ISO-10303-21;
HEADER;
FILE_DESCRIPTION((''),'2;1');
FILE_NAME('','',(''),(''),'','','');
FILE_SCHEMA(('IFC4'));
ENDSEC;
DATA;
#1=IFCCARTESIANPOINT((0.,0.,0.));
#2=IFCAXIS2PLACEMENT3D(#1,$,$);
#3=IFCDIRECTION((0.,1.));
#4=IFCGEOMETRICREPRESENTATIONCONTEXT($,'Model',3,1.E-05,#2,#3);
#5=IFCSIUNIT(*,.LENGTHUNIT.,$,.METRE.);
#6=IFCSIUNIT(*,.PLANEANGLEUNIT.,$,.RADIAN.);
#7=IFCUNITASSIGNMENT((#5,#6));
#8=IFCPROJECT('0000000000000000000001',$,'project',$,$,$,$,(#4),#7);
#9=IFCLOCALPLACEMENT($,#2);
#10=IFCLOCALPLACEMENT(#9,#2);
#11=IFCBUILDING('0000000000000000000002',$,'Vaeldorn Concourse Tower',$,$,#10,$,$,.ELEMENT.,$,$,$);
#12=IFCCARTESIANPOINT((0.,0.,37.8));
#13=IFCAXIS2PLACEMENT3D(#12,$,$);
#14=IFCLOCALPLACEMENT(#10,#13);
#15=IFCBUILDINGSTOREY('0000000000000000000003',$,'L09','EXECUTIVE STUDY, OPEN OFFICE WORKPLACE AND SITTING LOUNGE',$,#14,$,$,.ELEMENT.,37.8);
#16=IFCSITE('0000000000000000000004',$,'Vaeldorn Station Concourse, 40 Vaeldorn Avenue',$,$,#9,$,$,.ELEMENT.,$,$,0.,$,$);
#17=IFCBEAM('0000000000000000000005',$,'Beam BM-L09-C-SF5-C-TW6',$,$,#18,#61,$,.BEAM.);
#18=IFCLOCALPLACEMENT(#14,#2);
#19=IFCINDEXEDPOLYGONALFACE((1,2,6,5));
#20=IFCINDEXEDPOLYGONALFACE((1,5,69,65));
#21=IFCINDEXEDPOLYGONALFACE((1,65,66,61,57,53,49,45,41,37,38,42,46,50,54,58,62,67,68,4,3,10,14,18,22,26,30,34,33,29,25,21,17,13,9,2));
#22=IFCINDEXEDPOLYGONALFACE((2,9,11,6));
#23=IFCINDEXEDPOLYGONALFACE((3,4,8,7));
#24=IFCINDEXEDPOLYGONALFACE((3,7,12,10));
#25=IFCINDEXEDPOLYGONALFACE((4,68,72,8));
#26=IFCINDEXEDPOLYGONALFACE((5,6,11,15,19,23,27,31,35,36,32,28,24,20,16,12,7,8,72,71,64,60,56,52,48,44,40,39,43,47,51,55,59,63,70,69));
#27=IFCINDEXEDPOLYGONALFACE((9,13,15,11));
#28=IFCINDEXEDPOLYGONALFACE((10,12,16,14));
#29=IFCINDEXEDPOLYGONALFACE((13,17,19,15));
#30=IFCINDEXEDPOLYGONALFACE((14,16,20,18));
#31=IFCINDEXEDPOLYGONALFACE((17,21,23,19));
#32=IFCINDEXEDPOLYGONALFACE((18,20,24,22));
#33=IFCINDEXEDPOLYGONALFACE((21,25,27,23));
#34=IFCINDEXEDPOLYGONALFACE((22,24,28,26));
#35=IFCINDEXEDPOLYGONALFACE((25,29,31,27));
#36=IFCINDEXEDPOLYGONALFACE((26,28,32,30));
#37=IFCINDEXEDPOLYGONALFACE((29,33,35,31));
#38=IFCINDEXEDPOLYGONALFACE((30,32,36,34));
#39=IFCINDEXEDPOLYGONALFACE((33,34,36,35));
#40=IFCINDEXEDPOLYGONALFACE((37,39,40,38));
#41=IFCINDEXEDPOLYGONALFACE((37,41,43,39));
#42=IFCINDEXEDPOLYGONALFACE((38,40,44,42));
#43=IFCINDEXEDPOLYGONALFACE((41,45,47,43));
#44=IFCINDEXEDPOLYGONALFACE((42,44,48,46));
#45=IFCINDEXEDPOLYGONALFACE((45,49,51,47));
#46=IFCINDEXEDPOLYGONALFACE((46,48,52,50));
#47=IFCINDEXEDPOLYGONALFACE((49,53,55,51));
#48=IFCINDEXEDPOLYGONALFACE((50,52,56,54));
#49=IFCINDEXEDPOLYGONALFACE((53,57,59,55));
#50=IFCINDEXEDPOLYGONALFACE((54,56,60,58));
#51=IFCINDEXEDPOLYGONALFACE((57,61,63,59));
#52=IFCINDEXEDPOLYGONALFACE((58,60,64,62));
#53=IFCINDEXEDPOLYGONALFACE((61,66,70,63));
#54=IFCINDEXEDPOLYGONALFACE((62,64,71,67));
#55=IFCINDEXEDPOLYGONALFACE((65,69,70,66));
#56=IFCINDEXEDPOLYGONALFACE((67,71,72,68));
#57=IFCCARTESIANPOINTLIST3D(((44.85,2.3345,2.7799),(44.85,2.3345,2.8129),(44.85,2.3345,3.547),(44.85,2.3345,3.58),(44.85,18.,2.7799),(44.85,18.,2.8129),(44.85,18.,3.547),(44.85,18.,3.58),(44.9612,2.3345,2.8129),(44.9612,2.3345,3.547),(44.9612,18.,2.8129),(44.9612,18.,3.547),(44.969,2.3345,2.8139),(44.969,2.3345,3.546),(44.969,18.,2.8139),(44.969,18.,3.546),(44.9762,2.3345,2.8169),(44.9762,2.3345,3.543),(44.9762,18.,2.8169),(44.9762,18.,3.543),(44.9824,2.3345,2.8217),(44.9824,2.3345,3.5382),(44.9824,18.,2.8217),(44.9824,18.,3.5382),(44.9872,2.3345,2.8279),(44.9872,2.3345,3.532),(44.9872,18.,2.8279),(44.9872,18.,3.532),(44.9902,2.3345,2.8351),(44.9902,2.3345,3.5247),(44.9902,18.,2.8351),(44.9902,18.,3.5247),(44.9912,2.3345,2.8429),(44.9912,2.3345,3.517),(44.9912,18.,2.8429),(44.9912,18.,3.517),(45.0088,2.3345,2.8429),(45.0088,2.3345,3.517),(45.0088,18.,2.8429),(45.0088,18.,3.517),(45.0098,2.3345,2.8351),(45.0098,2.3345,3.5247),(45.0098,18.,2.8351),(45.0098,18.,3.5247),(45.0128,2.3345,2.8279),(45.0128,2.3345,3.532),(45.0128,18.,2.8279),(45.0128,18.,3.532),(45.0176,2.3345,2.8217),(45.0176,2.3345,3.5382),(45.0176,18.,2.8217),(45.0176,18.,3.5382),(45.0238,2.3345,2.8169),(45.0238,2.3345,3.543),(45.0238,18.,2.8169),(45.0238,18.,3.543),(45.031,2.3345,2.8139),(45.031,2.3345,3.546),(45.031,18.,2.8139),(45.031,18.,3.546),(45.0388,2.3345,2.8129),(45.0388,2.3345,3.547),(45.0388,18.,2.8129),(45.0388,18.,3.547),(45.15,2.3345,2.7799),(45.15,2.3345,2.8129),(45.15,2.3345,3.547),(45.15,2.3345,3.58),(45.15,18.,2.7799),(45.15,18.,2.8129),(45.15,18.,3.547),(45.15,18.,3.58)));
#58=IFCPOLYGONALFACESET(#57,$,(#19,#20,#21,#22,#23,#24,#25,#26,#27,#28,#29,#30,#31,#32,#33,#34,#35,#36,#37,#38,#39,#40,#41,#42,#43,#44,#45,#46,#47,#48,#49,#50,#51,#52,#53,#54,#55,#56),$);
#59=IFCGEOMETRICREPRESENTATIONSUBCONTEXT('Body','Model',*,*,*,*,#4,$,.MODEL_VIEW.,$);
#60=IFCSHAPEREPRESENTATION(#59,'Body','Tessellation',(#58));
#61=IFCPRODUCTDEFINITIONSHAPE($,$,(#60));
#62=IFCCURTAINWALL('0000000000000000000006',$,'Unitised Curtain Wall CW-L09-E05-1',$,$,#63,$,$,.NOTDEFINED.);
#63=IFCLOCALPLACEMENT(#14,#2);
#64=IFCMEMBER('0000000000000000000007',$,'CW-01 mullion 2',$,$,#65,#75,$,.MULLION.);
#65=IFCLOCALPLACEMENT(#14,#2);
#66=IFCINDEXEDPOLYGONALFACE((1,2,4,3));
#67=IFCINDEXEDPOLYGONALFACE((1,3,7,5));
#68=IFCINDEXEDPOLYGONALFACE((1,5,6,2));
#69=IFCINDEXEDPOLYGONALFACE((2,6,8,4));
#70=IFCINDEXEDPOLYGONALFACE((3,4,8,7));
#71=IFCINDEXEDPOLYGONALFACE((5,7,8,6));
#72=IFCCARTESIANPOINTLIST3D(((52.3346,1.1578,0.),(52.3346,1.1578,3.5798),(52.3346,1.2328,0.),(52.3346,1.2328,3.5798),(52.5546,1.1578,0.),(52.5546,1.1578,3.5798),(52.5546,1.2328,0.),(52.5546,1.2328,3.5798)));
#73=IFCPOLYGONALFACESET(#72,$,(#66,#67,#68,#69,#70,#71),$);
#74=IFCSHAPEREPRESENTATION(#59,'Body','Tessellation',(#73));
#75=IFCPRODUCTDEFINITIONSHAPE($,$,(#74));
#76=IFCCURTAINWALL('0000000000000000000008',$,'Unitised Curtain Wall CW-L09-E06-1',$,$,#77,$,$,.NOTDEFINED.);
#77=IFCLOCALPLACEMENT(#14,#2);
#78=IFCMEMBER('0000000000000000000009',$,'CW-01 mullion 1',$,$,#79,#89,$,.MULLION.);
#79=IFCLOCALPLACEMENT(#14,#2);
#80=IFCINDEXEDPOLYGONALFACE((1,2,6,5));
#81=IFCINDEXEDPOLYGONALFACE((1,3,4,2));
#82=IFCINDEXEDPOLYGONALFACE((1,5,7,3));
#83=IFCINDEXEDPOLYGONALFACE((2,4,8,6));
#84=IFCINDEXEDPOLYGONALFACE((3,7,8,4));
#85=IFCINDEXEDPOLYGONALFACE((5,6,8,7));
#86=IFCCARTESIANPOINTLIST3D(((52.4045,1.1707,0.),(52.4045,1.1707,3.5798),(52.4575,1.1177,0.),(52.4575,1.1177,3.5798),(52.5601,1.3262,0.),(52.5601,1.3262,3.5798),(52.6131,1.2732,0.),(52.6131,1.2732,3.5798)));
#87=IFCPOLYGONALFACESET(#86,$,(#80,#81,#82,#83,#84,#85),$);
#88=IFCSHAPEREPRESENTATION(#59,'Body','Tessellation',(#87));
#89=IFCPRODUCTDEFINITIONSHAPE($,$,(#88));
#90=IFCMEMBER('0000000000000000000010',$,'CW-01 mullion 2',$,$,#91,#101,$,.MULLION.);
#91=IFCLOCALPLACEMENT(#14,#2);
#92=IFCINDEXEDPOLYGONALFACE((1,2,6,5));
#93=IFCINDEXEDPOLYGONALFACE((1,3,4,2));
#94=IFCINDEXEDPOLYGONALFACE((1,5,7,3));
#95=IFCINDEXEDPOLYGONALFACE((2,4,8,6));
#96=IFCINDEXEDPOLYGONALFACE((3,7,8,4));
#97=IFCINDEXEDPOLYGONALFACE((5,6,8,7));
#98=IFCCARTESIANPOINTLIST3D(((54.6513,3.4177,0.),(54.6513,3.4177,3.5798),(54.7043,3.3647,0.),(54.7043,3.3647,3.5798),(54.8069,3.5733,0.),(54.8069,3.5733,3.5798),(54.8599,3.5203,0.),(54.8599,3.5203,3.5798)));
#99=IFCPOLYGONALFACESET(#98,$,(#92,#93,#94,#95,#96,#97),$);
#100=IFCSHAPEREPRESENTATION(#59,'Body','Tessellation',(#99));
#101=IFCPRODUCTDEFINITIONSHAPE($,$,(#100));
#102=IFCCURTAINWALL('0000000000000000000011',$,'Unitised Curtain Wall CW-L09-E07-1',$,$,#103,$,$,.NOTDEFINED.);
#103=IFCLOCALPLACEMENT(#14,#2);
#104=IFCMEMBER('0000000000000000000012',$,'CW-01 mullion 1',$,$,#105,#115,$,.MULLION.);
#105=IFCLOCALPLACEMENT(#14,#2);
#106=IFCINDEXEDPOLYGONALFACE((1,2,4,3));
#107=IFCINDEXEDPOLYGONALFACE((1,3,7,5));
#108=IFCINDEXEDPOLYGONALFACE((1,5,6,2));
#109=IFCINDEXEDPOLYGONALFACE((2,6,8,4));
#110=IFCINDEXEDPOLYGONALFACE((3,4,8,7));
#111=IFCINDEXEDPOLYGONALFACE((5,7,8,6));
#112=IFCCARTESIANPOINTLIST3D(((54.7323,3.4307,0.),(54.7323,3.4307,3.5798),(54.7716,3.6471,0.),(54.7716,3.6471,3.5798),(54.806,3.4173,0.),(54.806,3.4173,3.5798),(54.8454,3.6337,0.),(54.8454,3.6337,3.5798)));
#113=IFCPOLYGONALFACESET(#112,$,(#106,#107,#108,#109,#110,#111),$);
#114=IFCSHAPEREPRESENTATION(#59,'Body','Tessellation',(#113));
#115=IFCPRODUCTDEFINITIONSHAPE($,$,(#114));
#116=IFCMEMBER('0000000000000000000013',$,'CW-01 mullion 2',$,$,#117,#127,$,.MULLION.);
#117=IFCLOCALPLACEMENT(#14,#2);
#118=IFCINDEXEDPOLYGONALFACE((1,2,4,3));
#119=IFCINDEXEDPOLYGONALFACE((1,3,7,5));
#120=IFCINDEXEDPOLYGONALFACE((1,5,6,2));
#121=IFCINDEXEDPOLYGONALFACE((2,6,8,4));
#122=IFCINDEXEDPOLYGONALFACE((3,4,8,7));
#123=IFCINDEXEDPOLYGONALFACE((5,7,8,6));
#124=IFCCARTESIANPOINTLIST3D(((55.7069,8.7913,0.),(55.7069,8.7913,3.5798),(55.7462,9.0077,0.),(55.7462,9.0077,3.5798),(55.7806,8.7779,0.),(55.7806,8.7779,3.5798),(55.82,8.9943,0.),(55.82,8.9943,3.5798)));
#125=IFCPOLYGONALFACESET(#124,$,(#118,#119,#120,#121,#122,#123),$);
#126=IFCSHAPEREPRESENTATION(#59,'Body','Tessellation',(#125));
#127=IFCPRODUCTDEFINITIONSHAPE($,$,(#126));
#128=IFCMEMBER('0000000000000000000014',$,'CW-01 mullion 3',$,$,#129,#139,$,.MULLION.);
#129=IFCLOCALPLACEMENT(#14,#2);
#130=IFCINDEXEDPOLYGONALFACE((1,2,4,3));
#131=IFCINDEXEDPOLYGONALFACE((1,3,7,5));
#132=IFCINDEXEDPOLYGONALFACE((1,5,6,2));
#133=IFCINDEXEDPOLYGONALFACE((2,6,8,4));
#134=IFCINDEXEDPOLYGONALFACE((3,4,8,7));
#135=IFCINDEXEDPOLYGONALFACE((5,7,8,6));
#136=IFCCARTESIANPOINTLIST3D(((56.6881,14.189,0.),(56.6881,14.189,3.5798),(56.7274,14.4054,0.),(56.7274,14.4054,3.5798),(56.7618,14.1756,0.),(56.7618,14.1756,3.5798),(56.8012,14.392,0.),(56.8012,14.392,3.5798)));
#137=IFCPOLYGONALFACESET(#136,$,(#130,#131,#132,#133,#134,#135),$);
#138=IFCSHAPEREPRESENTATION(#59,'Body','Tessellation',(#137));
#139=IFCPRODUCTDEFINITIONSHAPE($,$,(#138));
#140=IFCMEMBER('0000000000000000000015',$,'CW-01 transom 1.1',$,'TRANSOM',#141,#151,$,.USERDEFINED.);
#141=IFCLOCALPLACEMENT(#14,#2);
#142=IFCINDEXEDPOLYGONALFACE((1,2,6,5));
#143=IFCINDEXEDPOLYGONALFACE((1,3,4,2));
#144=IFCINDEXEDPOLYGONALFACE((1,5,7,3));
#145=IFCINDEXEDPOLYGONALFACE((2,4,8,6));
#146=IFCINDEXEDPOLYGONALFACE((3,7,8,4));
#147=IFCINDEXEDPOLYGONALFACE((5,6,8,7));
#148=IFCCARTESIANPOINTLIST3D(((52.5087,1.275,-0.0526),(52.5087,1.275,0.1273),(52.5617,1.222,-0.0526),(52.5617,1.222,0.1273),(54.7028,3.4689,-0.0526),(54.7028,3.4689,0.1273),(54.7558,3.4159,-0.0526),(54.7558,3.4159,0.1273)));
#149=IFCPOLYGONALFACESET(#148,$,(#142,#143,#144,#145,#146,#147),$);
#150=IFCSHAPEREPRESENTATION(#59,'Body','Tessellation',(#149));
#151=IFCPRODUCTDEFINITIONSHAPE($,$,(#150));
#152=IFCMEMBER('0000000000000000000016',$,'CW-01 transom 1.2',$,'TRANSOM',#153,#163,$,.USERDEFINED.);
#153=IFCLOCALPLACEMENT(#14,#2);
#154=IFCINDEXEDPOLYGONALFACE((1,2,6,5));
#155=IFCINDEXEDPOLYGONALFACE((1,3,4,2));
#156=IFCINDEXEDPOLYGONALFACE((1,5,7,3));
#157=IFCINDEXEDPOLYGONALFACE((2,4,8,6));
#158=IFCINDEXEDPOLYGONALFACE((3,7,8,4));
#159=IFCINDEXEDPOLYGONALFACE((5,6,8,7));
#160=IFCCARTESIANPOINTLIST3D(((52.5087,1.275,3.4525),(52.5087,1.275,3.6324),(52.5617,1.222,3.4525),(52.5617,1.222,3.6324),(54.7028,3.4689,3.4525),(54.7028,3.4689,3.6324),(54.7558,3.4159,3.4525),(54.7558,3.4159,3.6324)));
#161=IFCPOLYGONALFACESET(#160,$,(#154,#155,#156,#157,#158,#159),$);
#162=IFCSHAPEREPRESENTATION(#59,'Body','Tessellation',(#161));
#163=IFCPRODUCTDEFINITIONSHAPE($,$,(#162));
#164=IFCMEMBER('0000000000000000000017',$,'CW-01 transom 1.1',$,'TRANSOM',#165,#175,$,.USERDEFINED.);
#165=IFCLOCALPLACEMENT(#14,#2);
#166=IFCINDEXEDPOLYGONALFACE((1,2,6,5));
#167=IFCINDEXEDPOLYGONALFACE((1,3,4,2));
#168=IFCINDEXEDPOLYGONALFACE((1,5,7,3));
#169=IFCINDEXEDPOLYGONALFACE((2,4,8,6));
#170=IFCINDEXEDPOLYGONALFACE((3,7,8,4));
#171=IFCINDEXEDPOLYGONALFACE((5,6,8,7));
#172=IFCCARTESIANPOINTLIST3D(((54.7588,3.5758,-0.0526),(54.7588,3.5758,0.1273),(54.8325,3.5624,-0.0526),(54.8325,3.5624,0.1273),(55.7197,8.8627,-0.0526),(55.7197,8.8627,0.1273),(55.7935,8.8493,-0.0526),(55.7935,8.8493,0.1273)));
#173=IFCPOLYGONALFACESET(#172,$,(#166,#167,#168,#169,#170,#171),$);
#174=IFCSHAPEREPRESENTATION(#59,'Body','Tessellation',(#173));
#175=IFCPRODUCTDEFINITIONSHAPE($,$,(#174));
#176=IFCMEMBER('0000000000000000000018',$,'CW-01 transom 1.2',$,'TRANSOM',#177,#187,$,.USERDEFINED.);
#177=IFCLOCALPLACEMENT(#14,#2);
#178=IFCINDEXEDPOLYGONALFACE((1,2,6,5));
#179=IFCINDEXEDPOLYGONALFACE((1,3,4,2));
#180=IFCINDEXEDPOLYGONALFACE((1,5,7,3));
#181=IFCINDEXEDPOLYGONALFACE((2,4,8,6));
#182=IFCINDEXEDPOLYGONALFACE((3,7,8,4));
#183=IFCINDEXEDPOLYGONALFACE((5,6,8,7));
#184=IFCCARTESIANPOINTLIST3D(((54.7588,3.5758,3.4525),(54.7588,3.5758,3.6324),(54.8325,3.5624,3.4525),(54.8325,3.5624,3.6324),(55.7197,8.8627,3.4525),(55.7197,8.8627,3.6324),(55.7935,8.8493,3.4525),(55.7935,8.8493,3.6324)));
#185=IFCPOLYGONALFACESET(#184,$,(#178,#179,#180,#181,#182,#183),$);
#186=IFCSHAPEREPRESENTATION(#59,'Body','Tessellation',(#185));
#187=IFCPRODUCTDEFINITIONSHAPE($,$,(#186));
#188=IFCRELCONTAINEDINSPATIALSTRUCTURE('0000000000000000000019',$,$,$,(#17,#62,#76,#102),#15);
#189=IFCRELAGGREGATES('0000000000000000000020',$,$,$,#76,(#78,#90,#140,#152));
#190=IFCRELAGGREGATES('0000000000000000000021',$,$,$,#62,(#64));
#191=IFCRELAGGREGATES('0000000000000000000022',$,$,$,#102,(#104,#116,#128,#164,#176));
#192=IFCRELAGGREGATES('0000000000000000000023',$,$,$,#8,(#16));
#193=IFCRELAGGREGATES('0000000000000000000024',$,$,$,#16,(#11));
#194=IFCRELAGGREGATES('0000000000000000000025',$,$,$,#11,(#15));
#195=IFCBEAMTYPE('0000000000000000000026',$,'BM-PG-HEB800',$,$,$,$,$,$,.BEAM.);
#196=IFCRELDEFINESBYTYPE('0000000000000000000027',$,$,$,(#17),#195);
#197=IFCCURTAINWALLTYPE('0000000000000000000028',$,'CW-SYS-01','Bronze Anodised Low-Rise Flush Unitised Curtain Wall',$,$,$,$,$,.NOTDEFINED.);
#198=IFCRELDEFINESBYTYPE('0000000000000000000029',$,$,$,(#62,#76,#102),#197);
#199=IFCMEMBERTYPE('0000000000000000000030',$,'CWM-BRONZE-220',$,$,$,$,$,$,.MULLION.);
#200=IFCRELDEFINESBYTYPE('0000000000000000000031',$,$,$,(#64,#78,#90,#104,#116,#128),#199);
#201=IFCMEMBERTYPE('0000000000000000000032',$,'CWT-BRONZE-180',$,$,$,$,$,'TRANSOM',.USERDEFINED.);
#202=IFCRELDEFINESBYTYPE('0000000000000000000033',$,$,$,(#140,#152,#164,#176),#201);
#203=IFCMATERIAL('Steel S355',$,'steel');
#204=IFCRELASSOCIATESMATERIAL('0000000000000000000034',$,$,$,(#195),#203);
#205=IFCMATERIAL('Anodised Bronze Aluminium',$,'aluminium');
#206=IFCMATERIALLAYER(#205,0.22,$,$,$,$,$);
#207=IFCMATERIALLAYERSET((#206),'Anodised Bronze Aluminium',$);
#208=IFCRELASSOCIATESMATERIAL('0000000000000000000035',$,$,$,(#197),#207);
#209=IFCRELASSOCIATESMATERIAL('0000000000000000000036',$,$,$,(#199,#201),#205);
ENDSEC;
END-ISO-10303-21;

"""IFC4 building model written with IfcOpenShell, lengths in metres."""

from ifc_helpers import new_model, si_unit, direction, frame, origin, origin_2d, place, context, subcontext, project, spatial, rectangle, i_section, extrude, source, transform, mapped, material, layer, layer_set, material_profile, profile_set, type_object, element, aggregate, save


model = new_model("IFC4")

# Units and contexts
model_context = context("Model", 3, precision=1e-05, world=origin(), true_north=direction((0.0, 1.0)))
body_context = subcontext(model_context, "Body", "Model", "MODEL_VIEW")
ifc_project = project(units=[si_unit("LENGTHUNIT", "METRE"), si_unit("PLANEANGLEUNIT", "RADIAN")], contexts=[model_context])

# Site, building, storey
site_placement = place(None, origin())
site = spatial("IfcSite", under=ifc_project, at=site_placement, Name="Vaeldorn Station Concourse, 40 Vaeldorn Avenue", CompositionType="ELEMENT", RefElevation=0.0)
building_placement = place(site_placement, origin())
building = spatial("IfcBuilding", under=site, at=building_placement, Name="Vaeldorn Concourse Tower", CompositionType="ELEMENT")
storey_placement = place(building_placement, frame((0.0, 0.0, 37.8)))
storey = spatial("IfcBuildingStorey", under=building, at=storey_placement, Name="L09", Description="EXECUTIVE STUDY, OPEN OFFICE WORKPLACE AND SITTING LOUNGE", CompositionType="ELEMENT", Elevation=37.8)

# Beam
ifc_material_1 = material(Name="Steel S355", Category="steel")
ifc_material_profile_1 = material_profile(ifc_material_1, i_section(OverallWidth=0.3, OverallDepth=0.8, WebThickness=0.0176, FlangeThickness=0.033, FilletRadius=0.03, at=origin_2d()), Name="HEB 800")
ifc_profile_set_1 = profile_set([ifc_material_profile_1], Name="Steel S355")
beam_type_1 = type_object("IfcBeamType", Name="BM-PG-HEB800", PredefinedType="BEAM", material=ifc_profile_set_1)
shared_shape_1 = source(origin(), body_context, "Body", "SweptSolid", [
    extrude(i_section(OverallWidth=0.3, OverallDepth=0.8, WebThickness=0.0176, FlangeThickness=0.033, FilletRadius=0.03, at=origin_2d()), origin(), (0.0, 0.0, 1.0), 15.6655),
])
beam_1_placement = place(storey_placement, frame((45.0, 2.3345, 3.1799), z_axis=(0.0, 1.0, 0.0), x_axis=(-1.0, 0.0, 0.0)))
element("IfcBeam", 1, at=beam_1_placement, inside=storey, type_object=beam_type_1, Name="Beam BM-L09-C-SF5-C-TW6", PredefinedType="BEAM", context=body_context, shape_type="MappedRepresentation", body=[
    mapped(shared_shape_1, transform((0.0, 0.0, 0.0), scale=1.0)),
])

# Curtain wall, member
ifc_material_2 = material(Name="Anodised Bronze Aluminium", Category="aluminium")
ifc_layer_1 = layer(ifc_material_2, 0.22)
ifc_layer_set_1 = layer_set([ifc_layer_1], Name="Anodised Bronze Aluminium")
curtain_wall_type = type_object("IfcCurtainWallType", Name="CW-SYS-01", Description="Bronze Anodised Low-Rise Flush Unitised Curtain Wall", PredefinedType="NOTDEFINED", material=ifc_layer_set_1)
curtain_wall_1_placement = place(storey_placement, origin())
curtain_wall_1 = element("IfcCurtainWall", 2, at=curtain_wall_1_placement, inside=storey, type_object=curtain_wall_type, Name="Unitised Curtain Wall CW-L09-E05-1", PredefinedType="NOTDEFINED")
ifc_material_profile_2 = material_profile(ifc_material_2, rectangle(XDim=0.075, YDim=0.22, at=origin_2d()), Name="CWM 75x220")
ifc_profile_set_2 = profile_set([ifc_material_profile_2], Name="Anodised Bronze Aluminium")
member_type_1 = type_object("IfcMemberType", Name="CWM-BRONZE-220", PredefinedType="MULLION", material=ifc_profile_set_2)
shared_shape_2 = source(origin(), body_context, "Body", "SweptSolid", [
    extrude(rectangle(XDim=0.075, YDim=0.22, at=origin_2d()), origin(), (0.0, 0.0, 1.0), 3.5798),
])
member_1_placement = place(storey_placement, frame((52.4446, 1.1953, 0.0), z_axis=(0.0, 0.0, 1.0), x_axis=(0.0, 1.0, 0.0)))
member_1 = element("IfcMember", 3, at=member_1_placement, type_object=member_type_1, Name="CW-01 mullion 2", PredefinedType="MULLION", context=body_context, shape_type="MappedRepresentation", body=[
    mapped(shared_shape_2, transform((0.0, 0.0, 0.0), scale=1.0)),
])

# Curtain walls, members
curtain_wall_2_placement = place(storey_placement, origin())
curtain_wall_2 = element("IfcCurtainWall", 4, at=curtain_wall_2_placement, inside=storey, type_object=curtain_wall_type, Name="Unitised Curtain Wall CW-L09-E06-1", PredefinedType="NOTDEFINED")
member_2_placement = place(storey_placement, frame((52.5088, 1.2219, 0.0), z_axis=(0.0, 0.0, 1.0), x_axis=(-0.707107, 0.707107, 0.0)))
member_2 = element("IfcMember", 5, at=member_2_placement, type_object=member_type_1, Name="CW-01 mullion 1", PredefinedType="MULLION", context=body_context, shape_type="MappedRepresentation", body=[
    mapped(shared_shape_2, transform((0.0, 0.0, 0.0), scale=1.0)),
])
member_3_placement = place(storey_placement, frame((54.7556, 3.469, 0.0), z_axis=(0.0, 0.0, 1.0), x_axis=(-0.707107, 0.707107, 0.0)))
member_3 = element("IfcMember", 6, at=member_3_placement, type_object=member_type_1, Name="CW-01 mullion 2", PredefinedType="MULLION", context=body_context, shape_type="MappedRepresentation", body=[
    mapped(shared_shape_2, transform((0.0, 0.0, 0.0), scale=1.0)),
])
curtain_wall_3_placement = place(storey_placement, origin())
curtain_wall_3 = element("IfcCurtainWall", 7, at=curtain_wall_3_placement, inside=storey, type_object=curtain_wall_type, Name="Unitised Curtain Wall CW-L09-E07-1", PredefinedType="NOTDEFINED")
member_4_placement = place(storey_placement, frame((54.7888, 3.5322, 0.0), z_axis=(0.0, 0.0, 1.0), x_axis=(-0.983875, 0.178859, 0.0)))
member_4 = element("IfcMember", 8, at=member_4_placement, type_object=member_type_1, Name="CW-01 mullion 1", PredefinedType="MULLION", context=body_context, shape_type="MappedRepresentation", body=[
    mapped(shared_shape_2, transform((0.0, 0.0, 0.0), scale=1.0)),
])
member_5_placement = place(storey_placement, frame((55.7634, 8.8928, 0.0), z_axis=(0.0, 0.0, 1.0), x_axis=(-0.983875, 0.178859, 0.0)))
member_5 = element("IfcMember", 9, at=member_5_placement, type_object=member_type_1, Name="CW-01 mullion 2", PredefinedType="MULLION", context=body_context, shape_type="MappedRepresentation", body=[
    mapped(shared_shape_2, transform((0.0, 0.0, 0.0), scale=1.0)),
])
member_6_placement = place(storey_placement, frame((56.7446, 14.2905, 0.0), z_axis=(0.0, 0.0, 1.0), x_axis=(-0.983875, 0.178859, 0.0)))
member_6 = element("IfcMember", 10, at=member_6_placement, type_object=member_type_1, Name="CW-01 mullion 3", PredefinedType="MULLION", context=body_context, shape_type="MappedRepresentation", body=[
    mapped(shared_shape_2, transform((0.0, 0.0, 0.0), scale=1.0)),
])

# Members
ifc_material_profile_3 = material_profile(ifc_material_2, rectangle(XDim=0.075, YDim=0.1799, at=origin_2d()), Name="CWT 75x180")
ifc_profile_set_3 = profile_set([ifc_material_profile_3], Name="Anodised Bronze Aluminium")
member_type_2 = type_object("IfcMemberType", Name="CWT-BRONZE-180", ElementType="TRANSOM", PredefinedType="USERDEFINED", material=ifc_profile_set_3)
shared_shape_3 = source(origin(), body_context, "Body", "SweptSolid", [
    extrude(rectangle(XDim=0.075, YDim=0.1799, at=origin_2d()), origin(), (0.0, 0.0, 1.0), 3.1028),
])
member_7_placement = place(storey_placement, frame((52.5352, 1.2485, 0.0374), z_axis=(0.707146, 0.707067, 0.0), x_axis=(-0.707067, 0.707146, 0.0)))
member_7 = element("IfcMember", 11, at=member_7_placement, type_object=member_type_2, Name="CW-01 transom 1.1", ObjectType="TRANSOM", PredefinedType="USERDEFINED", context=body_context, shape_type="MappedRepresentation", body=[
    mapped(shared_shape_3, transform((0.0, 0.0, 0.0), scale=1.0)),
])
member_8_placement = place(storey_placement, frame((52.5352, 1.2485, 3.5425), z_axis=(0.707146, 0.707067, 0.0), x_axis=(-0.707067, 0.707146, 0.0)))
member_8 = element("IfcMember", 12, at=member_8_placement, type_object=member_type_2, Name="CW-01 transom 1.2", ObjectType="TRANSOM", PredefinedType="USERDEFINED", context=body_context, shape_type="MappedRepresentation", body=[
    mapped(shared_shape_3, transform((0.0, 0.0, 0.0), scale=1.0)),
])
shared_shape_4 = source(origin(), body_context, "Body", "SweptSolid", [
    extrude(rectangle(XDim=0.075, YDim=0.1799, at=origin_2d()), origin(), (0.0, 0.0, 1.0), 5.3735),
])
member_9_placement = place(storey_placement, frame((54.7957, 3.5691, 0.0374), z_axis=(0.178829, 0.98388, 0.0), x_axis=(-0.98388, 0.178829, 0.0)))
member_9 = element("IfcMember", 13, at=member_9_placement, type_object=member_type_2, Name="CW-01 transom 1.1", ObjectType="TRANSOM", PredefinedType="USERDEFINED", context=body_context, shape_type="MappedRepresentation", body=[
    mapped(shared_shape_4, transform((0.0, 0.0, 0.0), scale=1.0)),
])
member_10_placement = place(storey_placement, frame((54.7957, 3.5691, 3.5425), z_axis=(0.178829, 0.98388, 0.0), x_axis=(-0.98388, 0.178829, 0.0)))
member_10 = element("IfcMember", 14, at=member_10_placement, type_object=member_type_2, Name="CW-01 transom 1.2", ObjectType="TRANSOM", PredefinedType="USERDEFINED", context=body_context, shape_type="MappedRepresentation", body=[
    mapped(shared_shape_4, transform((0.0, 0.0, 0.0), scale=1.0)),
])

aggregate(curtain_wall_2, [member_2, member_3, member_7, member_8])
aggregate(curtain_wall_1, [member_1])
aggregate(curtain_wall_3, [member_4, member_5, member_6, member_9, member_10])

save(model, "model.ifc")
